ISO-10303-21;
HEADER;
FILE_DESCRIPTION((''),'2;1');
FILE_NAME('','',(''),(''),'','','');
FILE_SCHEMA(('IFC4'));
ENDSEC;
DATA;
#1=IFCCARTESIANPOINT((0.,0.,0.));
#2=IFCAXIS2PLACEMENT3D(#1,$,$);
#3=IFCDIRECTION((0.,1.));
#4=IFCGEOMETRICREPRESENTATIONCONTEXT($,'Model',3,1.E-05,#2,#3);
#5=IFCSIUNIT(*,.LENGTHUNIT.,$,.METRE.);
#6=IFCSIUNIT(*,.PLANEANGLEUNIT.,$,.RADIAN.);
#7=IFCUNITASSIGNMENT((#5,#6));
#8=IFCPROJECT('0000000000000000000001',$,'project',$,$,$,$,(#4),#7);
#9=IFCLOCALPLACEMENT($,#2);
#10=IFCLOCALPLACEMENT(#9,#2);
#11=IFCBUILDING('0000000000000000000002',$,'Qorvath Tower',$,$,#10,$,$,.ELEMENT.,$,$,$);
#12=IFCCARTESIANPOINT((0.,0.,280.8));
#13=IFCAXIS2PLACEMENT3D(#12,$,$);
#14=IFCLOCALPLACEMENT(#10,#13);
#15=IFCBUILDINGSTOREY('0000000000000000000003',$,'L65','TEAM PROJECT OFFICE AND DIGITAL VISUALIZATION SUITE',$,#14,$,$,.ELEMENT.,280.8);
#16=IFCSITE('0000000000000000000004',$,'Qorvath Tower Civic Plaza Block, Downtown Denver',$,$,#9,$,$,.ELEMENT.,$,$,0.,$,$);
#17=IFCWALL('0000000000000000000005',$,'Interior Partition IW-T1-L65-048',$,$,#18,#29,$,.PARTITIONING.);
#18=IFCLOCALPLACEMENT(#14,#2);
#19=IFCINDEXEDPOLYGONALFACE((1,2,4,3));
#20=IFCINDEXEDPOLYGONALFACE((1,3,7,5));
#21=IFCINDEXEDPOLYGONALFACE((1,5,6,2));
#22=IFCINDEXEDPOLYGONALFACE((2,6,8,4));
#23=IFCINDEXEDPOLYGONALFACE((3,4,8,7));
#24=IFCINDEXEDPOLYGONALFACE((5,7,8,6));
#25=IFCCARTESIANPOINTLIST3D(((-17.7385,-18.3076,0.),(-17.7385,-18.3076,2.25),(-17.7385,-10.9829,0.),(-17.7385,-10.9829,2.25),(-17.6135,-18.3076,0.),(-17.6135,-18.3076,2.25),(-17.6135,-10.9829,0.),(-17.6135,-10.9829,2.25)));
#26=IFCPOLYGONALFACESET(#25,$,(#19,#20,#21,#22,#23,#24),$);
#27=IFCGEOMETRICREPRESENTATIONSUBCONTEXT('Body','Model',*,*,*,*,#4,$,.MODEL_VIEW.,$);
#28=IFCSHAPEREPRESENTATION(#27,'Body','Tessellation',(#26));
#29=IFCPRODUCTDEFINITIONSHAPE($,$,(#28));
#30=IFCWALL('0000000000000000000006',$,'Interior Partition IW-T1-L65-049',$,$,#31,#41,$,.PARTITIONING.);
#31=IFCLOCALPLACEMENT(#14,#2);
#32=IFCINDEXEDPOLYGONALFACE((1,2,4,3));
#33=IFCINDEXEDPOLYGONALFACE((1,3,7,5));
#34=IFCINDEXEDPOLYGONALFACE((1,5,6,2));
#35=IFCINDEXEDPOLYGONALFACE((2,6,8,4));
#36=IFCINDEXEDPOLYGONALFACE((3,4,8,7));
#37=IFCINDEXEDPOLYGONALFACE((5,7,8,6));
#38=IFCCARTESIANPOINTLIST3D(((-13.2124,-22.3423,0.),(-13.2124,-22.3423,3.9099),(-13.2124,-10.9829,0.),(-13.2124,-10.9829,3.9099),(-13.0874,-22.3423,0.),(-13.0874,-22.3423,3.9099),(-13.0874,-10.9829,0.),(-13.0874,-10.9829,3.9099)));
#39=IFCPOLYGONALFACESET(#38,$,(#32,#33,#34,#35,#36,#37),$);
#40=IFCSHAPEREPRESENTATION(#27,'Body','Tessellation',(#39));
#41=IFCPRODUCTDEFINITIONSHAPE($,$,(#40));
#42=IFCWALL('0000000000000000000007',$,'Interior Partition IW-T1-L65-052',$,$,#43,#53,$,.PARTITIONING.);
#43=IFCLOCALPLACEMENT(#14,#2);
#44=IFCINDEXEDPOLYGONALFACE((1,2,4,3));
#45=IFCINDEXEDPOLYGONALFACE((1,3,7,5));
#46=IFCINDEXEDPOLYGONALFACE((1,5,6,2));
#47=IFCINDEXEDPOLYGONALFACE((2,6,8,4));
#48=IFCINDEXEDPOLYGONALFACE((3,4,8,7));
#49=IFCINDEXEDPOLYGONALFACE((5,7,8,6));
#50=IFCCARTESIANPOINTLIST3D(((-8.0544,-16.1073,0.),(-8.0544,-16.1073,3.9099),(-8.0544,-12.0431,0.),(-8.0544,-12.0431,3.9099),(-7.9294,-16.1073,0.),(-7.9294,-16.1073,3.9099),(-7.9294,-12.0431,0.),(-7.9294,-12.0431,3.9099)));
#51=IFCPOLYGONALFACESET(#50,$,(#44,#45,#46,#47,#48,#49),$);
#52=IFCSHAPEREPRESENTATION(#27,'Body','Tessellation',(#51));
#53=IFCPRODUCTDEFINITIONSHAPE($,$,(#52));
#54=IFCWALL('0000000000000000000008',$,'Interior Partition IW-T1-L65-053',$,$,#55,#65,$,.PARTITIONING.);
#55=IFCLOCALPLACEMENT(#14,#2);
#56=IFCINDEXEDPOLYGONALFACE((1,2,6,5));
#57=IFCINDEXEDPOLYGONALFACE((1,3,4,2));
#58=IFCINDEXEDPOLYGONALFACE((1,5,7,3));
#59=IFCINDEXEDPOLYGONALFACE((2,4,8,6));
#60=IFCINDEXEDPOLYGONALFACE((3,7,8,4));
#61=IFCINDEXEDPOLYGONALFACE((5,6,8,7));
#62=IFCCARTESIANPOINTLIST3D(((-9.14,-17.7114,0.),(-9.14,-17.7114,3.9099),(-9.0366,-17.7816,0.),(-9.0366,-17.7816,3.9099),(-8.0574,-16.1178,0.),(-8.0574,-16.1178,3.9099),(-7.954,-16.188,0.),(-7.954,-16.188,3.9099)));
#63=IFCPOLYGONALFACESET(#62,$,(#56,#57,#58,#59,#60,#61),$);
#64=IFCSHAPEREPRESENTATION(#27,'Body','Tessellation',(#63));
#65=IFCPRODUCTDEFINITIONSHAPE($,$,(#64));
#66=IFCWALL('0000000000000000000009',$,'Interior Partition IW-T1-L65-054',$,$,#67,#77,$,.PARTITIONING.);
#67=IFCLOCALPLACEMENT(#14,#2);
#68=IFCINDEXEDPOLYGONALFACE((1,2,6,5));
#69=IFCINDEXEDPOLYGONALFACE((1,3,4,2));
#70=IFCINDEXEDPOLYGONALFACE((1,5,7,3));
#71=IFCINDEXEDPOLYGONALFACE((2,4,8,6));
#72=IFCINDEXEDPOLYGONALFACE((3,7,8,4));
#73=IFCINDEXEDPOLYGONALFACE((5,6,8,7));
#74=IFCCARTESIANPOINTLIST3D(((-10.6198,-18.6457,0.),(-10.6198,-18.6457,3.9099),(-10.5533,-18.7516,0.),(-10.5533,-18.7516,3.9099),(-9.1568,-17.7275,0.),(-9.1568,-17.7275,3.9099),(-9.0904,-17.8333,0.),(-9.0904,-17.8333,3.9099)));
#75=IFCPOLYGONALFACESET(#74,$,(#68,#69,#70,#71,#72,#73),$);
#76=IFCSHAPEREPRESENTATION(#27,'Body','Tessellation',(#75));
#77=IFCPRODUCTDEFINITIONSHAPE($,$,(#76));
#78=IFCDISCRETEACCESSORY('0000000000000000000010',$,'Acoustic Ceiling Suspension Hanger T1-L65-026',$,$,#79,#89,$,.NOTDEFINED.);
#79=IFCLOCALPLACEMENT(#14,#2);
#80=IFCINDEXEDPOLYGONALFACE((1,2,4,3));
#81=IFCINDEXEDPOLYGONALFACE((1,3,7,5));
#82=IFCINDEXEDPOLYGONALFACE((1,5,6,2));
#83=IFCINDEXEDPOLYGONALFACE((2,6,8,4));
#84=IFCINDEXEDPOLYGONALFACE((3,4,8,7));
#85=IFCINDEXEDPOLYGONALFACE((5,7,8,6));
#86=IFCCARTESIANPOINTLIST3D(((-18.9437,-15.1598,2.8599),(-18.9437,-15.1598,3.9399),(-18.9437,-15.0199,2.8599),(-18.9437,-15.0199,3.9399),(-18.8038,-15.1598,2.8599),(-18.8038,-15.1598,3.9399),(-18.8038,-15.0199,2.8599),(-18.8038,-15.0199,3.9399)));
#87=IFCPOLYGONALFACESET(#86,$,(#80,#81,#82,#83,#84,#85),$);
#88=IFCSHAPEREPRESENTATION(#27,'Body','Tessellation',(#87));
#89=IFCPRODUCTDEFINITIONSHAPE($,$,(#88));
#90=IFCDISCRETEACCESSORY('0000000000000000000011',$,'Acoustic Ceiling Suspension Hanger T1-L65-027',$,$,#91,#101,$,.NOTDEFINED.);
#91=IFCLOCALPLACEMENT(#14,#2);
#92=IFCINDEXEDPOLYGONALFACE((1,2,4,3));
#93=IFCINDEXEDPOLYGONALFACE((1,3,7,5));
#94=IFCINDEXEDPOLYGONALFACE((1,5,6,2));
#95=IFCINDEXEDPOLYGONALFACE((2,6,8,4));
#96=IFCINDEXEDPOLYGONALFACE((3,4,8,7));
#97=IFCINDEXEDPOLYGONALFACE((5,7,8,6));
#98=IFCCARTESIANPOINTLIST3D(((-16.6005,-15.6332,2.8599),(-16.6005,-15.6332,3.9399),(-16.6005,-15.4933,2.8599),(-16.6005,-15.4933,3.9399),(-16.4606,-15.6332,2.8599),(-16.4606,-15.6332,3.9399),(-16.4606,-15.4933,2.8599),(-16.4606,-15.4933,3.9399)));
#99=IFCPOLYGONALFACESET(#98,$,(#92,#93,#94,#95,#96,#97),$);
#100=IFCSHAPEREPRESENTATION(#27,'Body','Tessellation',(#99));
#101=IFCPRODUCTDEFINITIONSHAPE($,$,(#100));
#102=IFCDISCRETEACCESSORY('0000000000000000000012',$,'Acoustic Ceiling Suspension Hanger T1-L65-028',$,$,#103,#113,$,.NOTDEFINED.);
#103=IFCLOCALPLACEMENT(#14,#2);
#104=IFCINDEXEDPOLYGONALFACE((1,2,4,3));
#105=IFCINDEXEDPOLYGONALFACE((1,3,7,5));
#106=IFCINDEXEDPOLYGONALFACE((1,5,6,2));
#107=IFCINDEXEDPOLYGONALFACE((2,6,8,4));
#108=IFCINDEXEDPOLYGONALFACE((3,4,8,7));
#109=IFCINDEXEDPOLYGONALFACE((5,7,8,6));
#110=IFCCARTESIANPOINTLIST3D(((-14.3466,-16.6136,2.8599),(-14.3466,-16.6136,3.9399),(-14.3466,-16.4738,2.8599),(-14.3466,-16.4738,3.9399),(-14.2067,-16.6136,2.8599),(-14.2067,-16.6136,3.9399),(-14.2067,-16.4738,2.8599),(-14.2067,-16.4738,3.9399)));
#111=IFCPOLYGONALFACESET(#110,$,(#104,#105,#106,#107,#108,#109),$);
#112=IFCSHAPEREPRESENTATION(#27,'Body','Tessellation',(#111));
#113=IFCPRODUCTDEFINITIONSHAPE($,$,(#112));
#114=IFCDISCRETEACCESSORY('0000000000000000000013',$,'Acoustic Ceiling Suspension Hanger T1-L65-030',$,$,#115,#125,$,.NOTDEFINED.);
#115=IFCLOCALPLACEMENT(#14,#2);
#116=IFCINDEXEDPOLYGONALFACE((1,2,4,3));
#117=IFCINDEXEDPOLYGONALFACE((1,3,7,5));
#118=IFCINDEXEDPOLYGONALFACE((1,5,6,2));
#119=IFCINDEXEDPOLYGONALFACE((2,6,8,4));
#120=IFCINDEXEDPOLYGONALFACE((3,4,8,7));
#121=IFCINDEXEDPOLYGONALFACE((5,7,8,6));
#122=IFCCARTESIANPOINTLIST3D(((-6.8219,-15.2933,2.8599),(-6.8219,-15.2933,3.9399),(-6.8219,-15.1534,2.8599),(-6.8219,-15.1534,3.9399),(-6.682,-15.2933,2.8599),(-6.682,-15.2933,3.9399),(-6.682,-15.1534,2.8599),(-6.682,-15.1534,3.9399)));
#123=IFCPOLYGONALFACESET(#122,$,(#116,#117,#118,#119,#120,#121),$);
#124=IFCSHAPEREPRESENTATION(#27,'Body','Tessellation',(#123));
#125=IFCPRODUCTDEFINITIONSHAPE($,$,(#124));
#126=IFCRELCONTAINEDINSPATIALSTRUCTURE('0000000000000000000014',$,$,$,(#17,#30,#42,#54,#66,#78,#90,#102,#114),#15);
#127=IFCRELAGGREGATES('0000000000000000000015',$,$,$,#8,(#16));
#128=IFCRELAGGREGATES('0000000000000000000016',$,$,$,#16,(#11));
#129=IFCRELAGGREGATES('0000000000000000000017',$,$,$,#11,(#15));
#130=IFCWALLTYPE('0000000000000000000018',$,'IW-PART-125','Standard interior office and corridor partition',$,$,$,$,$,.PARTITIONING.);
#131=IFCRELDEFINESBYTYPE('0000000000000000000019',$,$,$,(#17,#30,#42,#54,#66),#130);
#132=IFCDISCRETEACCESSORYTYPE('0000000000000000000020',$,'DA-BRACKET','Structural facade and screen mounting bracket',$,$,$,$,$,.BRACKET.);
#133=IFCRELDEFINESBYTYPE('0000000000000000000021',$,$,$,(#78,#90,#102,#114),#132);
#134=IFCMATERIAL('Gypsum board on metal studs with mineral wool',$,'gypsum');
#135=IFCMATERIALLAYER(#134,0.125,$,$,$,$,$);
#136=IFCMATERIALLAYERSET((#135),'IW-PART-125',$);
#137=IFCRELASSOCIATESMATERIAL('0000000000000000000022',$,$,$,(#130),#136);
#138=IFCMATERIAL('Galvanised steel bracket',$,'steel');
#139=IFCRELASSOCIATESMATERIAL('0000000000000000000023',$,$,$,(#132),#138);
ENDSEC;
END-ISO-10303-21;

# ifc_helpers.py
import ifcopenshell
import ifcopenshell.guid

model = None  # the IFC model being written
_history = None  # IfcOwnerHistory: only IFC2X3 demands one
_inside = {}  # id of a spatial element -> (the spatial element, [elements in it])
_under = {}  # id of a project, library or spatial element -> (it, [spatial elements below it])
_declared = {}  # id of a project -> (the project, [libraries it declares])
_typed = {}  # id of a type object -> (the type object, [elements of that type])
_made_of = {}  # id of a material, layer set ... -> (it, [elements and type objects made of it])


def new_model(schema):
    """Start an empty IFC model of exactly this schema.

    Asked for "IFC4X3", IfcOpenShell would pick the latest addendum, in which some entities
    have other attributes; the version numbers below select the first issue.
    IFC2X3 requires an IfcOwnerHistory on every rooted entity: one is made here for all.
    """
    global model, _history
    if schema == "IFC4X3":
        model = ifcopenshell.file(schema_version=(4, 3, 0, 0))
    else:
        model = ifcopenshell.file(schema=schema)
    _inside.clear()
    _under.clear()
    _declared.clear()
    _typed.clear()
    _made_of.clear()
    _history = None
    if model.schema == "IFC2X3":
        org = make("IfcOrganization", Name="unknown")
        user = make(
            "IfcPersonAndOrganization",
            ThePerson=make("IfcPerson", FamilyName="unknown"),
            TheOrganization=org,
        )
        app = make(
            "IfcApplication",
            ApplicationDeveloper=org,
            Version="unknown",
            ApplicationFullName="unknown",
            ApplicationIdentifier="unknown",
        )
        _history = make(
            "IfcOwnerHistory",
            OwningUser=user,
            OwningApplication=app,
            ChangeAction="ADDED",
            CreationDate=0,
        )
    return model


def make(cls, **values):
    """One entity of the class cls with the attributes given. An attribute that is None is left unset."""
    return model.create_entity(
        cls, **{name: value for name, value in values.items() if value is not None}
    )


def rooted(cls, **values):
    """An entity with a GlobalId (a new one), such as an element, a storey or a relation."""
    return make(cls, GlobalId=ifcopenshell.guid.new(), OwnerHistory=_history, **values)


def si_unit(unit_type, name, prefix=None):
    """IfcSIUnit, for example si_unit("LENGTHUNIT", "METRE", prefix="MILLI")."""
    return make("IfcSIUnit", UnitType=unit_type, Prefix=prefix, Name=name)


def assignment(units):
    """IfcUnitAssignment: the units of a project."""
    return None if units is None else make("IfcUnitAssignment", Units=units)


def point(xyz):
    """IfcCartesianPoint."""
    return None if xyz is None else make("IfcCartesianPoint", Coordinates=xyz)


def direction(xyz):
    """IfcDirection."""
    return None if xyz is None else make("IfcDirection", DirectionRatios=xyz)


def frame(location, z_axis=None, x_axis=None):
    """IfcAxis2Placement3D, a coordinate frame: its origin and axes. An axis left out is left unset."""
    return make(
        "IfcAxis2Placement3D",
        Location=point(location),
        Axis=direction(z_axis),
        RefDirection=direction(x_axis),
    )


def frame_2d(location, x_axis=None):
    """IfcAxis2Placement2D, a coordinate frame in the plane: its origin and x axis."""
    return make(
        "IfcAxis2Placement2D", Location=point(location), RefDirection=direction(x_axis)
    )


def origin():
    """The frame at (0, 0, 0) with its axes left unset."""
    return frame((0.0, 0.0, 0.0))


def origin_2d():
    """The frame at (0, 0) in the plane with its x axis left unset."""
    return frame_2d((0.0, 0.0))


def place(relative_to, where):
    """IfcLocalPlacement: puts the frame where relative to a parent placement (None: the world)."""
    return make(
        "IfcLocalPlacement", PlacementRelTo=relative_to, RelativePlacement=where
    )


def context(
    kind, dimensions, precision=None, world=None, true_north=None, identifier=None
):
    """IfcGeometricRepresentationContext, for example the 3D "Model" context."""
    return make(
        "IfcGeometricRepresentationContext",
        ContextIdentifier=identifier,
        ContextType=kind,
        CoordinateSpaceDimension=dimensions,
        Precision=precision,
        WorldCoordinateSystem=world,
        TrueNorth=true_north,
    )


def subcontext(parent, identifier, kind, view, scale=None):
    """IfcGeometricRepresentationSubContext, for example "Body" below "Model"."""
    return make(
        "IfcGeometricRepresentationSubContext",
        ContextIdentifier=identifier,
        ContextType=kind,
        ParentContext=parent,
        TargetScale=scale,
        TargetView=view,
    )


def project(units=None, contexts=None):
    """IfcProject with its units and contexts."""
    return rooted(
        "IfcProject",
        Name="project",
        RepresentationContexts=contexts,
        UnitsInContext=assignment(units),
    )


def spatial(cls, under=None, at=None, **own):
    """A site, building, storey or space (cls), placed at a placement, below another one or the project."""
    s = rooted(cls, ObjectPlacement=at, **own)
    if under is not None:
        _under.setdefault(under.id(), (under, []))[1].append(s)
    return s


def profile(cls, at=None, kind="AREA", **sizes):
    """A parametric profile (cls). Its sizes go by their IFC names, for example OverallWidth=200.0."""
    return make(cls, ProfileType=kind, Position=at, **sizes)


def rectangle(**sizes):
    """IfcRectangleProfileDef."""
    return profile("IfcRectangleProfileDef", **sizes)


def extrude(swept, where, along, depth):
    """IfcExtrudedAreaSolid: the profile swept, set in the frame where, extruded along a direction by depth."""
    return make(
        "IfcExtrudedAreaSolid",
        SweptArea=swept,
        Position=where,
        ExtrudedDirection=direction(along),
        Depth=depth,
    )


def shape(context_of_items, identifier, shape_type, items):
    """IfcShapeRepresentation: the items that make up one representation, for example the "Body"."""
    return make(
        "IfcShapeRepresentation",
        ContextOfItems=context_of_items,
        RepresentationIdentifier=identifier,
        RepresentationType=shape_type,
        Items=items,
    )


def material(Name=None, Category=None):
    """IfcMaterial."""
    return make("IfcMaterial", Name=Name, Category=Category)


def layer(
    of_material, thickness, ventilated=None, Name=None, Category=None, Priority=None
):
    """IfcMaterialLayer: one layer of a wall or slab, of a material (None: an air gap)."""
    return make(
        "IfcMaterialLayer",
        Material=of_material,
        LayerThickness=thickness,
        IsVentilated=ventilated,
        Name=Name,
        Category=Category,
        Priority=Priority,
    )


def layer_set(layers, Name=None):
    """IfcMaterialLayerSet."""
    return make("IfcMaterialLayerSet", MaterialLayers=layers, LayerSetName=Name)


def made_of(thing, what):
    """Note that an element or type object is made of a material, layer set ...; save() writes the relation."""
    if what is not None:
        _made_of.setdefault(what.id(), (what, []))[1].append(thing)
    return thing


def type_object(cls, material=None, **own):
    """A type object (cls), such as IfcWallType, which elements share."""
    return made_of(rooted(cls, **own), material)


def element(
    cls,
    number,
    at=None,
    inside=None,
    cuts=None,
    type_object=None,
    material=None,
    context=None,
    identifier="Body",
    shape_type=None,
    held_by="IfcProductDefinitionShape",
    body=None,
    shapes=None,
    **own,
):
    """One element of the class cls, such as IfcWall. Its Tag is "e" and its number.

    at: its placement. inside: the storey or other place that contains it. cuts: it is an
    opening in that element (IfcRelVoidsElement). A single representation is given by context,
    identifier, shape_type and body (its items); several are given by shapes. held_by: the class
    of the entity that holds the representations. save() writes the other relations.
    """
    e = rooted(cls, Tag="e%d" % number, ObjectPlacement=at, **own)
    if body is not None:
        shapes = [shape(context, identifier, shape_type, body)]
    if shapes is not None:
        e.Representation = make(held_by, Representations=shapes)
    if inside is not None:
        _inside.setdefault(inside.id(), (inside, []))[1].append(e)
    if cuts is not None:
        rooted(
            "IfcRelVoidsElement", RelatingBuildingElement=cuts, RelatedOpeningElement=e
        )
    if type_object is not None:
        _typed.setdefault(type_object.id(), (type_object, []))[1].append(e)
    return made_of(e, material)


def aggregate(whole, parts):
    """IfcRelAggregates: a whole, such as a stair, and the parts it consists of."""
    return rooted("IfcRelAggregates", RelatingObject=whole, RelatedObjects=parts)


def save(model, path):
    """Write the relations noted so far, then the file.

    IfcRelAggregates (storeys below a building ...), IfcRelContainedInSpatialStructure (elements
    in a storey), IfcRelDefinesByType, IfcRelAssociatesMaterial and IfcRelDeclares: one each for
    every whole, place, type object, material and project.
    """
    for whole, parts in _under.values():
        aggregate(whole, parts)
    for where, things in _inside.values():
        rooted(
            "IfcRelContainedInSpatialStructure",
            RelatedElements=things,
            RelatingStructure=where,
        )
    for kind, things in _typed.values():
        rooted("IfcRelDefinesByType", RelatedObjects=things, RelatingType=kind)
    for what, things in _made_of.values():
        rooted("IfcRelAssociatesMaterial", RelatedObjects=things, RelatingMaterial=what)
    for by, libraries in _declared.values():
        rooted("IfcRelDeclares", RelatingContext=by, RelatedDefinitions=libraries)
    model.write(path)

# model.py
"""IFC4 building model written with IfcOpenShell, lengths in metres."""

from ifc_helpers import new_model, si_unit, direction, frame, frame_2d, origin, origin_2d, place, context, subcontext, project, spatial, rectangle, extrude, material, layer, layer_set, type_object, element, save


model = new_model("IFC4")

# Units and contexts
model_context = context("Model", 3, precision=1e-05, world=origin(), true_north=direction((0.0, 1.0)))
body_context = subcontext(model_context, "Body", "Model", "MODEL_VIEW")
ifc_project = project(units=[si_unit("LENGTHUNIT", "METRE"), si_unit("PLANEANGLEUNIT", "RADIAN")], contexts=[model_context])

# Site, building, storey
site_placement = place(None, origin())
site = spatial("IfcSite", under=ifc_project, at=site_placement, Name="Qorvath Tower Civic Plaza Block, Downtown Denver", CompositionType="ELEMENT", RefElevation=0.0)
building_placement = place(site_placement, origin())
building = spatial("IfcBuilding", under=site, at=building_placement, Name="Qorvath Tower", CompositionType="ELEMENT")
storey_placement = place(building_placement, frame((0.0, 0.0, 280.8)))
storey = spatial("IfcBuildingStorey", under=building, at=storey_placement, Name="L65", Description="TEAM PROJECT OFFICE AND DIGITAL VISUALIZATION SUITE", CompositionType="ELEMENT", Elevation=280.8)

# Walls
ifc_material_1 = material(Name="Gypsum board on metal studs with mineral wool", Category="gypsum")
ifc_layer_1 = layer(ifc_material_1, 0.125)
ifc_layer_set_1 = layer_set([ifc_layer_1], Name="IW-PART-125")
wall_type = type_object("IfcWallType", Name="IW-PART-125", Description="Standard interior office and corridor partition", PredefinedType="PARTITIONING", material=ifc_layer_set_1)
wall_1_placement = place(storey_placement, frame((-17.676, -18.3076, 0.0), z_axis=(0.0, 0.0, 1.0), x_axis=(0.0, 1.0, 0.0)))
element("IfcWall", 1, at=wall_1_placement, inside=storey, type_object=wall_type, Name="Interior Partition IW-T1-L65-048", PredefinedType="PARTITIONING", context=body_context, shape_type="SweptSolid", body=[
    extrude(rectangle(XDim=7.3247, YDim=0.125, at=frame_2d((3.6624, 0.0))), origin(), (0.0, 0.0, 1.0), 2.25),
])
wall_2_placement = place(storey_placement, frame((-13.1499, -22.3423, 0.0), z_axis=(0.0, 0.0, 1.0), x_axis=(0.0, 1.0, 0.0)))
element("IfcWall", 2, at=wall_2_placement, inside=storey, type_object=wall_type, Name="Interior Partition IW-T1-L65-049", PredefinedType="PARTITIONING", context=body_context, shape_type="SweptSolid", body=[
    extrude(rectangle(XDim=11.3594, YDim=0.125, at=frame_2d((5.6797, 0.0))), origin(), (0.0, 0.0, 1.0), 3.9099),
])
wall_3_placement = place(storey_placement, frame((-7.9919, -16.1074, 0.0), z_axis=(0.0, 0.0, 1.0), x_axis=(0.0, 1.0, 0.0)))
element("IfcWall", 3, at=wall_3_placement, inside=storey, type_object=wall_type, Name="Interior Partition IW-T1-L65-052", PredefinedType="PARTITIONING", context=body_context, shape_type="SweptSolid", body=[
    extrude(rectangle(XDim=4.0642, YDim=0.125, at=frame_2d((2.0322, 0.0))), origin(), (0.0, 0.0, 1.0), 3.9099),
])
wall_4_placement = place(storey_placement, frame((-9.0884, -17.7466, 0.0), z_axis=(0.0, 0.0, 1.0), x_axis=(0.561932, 0.827183, 0.0)))
element("IfcWall", 4, at=wall_4_placement, inside=storey, type_object=wall_type, Name="Interior Partition IW-T1-L65-053", PredefinedType="PARTITIONING", context=body_context, shape_type="SweptSolid", body=[
    extrude(rectangle(XDim=1.9265, YDim=0.125, at=frame_2d((0.9634, 0.0))), origin(), (0.0, 0.0, 1.0), 3.9099),
])
wall_5_placement = place(storey_placement, frame((-10.5867, -18.6987, 0.0), z_axis=(0.0, 0.0, 1.0), x_axis=(0.84698, 0.531624, 0.0)))
element("IfcWall", 5, at=wall_5_placement, inside=storey, type_object=wall_type, Name="Interior Partition IW-T1-L65-054", PredefinedType="PARTITIONING", context=body_context, shape_type="SweptSolid", body=[
    extrude(rectangle(XDim=1.7273, YDim=0.125, at=frame_2d((0.8638, 0.0))), origin(), (0.0, 0.0, 1.0), 3.9099),
])

# Discrete accessories
ifc_material_2 = material(Name="Galvanised steel bracket", Category="steel")
discrete_accessory_type = type_object("IfcDiscreteAccessoryType", Name="DA-BRACKET", Description="Structural facade and screen mounting bracket", PredefinedType="BRACKET", material=ifc_material_2)
for number, where, z_axis, x_axis, name in (
    (6, (-18.8738, -15.0898, 2.8599), (0.0, 0.0, 1.0), (1.0, 0.0, 0.0), "Acoustic Ceiling Suspension Hanger T1-L65-026"),
    (7, (-16.5305, -15.5632, 2.8599), (0.0, 0.0, 1.0), (1.0, 0.0, 0.0), "Acoustic Ceiling Suspension Hanger T1-L65-027"),
    (8, (-14.2766, -16.5437, 2.8599), (0.0, 0.0, 1.0), (1.0, 0.0, 0.0), "Acoustic Ceiling Suspension Hanger T1-L65-028"),
    (9, (-6.752, -15.2234, 2.8599), (0.0, 0.0, 1.0), (1.0, 0.0, 0.0), "Acoustic Ceiling Suspension Hanger T1-L65-030"),
):
    element("IfcDiscreteAccessory", number, at=place(storey_placement, frame(where, z_axis=z_axis, x_axis=x_axis)), inside=storey, type_object=discrete_accessory_type, Name=name, PredefinedType="NOTDEFINED", context=body_context, shape_type="SweptSolid", body=[
        extrude(rectangle(XDim=0.1399, YDim=0.1399, at=origin_2d()), origin(), (0.0, 0.0, 1.0), 1.0801),
    ])

save(model, "model.ifc")
